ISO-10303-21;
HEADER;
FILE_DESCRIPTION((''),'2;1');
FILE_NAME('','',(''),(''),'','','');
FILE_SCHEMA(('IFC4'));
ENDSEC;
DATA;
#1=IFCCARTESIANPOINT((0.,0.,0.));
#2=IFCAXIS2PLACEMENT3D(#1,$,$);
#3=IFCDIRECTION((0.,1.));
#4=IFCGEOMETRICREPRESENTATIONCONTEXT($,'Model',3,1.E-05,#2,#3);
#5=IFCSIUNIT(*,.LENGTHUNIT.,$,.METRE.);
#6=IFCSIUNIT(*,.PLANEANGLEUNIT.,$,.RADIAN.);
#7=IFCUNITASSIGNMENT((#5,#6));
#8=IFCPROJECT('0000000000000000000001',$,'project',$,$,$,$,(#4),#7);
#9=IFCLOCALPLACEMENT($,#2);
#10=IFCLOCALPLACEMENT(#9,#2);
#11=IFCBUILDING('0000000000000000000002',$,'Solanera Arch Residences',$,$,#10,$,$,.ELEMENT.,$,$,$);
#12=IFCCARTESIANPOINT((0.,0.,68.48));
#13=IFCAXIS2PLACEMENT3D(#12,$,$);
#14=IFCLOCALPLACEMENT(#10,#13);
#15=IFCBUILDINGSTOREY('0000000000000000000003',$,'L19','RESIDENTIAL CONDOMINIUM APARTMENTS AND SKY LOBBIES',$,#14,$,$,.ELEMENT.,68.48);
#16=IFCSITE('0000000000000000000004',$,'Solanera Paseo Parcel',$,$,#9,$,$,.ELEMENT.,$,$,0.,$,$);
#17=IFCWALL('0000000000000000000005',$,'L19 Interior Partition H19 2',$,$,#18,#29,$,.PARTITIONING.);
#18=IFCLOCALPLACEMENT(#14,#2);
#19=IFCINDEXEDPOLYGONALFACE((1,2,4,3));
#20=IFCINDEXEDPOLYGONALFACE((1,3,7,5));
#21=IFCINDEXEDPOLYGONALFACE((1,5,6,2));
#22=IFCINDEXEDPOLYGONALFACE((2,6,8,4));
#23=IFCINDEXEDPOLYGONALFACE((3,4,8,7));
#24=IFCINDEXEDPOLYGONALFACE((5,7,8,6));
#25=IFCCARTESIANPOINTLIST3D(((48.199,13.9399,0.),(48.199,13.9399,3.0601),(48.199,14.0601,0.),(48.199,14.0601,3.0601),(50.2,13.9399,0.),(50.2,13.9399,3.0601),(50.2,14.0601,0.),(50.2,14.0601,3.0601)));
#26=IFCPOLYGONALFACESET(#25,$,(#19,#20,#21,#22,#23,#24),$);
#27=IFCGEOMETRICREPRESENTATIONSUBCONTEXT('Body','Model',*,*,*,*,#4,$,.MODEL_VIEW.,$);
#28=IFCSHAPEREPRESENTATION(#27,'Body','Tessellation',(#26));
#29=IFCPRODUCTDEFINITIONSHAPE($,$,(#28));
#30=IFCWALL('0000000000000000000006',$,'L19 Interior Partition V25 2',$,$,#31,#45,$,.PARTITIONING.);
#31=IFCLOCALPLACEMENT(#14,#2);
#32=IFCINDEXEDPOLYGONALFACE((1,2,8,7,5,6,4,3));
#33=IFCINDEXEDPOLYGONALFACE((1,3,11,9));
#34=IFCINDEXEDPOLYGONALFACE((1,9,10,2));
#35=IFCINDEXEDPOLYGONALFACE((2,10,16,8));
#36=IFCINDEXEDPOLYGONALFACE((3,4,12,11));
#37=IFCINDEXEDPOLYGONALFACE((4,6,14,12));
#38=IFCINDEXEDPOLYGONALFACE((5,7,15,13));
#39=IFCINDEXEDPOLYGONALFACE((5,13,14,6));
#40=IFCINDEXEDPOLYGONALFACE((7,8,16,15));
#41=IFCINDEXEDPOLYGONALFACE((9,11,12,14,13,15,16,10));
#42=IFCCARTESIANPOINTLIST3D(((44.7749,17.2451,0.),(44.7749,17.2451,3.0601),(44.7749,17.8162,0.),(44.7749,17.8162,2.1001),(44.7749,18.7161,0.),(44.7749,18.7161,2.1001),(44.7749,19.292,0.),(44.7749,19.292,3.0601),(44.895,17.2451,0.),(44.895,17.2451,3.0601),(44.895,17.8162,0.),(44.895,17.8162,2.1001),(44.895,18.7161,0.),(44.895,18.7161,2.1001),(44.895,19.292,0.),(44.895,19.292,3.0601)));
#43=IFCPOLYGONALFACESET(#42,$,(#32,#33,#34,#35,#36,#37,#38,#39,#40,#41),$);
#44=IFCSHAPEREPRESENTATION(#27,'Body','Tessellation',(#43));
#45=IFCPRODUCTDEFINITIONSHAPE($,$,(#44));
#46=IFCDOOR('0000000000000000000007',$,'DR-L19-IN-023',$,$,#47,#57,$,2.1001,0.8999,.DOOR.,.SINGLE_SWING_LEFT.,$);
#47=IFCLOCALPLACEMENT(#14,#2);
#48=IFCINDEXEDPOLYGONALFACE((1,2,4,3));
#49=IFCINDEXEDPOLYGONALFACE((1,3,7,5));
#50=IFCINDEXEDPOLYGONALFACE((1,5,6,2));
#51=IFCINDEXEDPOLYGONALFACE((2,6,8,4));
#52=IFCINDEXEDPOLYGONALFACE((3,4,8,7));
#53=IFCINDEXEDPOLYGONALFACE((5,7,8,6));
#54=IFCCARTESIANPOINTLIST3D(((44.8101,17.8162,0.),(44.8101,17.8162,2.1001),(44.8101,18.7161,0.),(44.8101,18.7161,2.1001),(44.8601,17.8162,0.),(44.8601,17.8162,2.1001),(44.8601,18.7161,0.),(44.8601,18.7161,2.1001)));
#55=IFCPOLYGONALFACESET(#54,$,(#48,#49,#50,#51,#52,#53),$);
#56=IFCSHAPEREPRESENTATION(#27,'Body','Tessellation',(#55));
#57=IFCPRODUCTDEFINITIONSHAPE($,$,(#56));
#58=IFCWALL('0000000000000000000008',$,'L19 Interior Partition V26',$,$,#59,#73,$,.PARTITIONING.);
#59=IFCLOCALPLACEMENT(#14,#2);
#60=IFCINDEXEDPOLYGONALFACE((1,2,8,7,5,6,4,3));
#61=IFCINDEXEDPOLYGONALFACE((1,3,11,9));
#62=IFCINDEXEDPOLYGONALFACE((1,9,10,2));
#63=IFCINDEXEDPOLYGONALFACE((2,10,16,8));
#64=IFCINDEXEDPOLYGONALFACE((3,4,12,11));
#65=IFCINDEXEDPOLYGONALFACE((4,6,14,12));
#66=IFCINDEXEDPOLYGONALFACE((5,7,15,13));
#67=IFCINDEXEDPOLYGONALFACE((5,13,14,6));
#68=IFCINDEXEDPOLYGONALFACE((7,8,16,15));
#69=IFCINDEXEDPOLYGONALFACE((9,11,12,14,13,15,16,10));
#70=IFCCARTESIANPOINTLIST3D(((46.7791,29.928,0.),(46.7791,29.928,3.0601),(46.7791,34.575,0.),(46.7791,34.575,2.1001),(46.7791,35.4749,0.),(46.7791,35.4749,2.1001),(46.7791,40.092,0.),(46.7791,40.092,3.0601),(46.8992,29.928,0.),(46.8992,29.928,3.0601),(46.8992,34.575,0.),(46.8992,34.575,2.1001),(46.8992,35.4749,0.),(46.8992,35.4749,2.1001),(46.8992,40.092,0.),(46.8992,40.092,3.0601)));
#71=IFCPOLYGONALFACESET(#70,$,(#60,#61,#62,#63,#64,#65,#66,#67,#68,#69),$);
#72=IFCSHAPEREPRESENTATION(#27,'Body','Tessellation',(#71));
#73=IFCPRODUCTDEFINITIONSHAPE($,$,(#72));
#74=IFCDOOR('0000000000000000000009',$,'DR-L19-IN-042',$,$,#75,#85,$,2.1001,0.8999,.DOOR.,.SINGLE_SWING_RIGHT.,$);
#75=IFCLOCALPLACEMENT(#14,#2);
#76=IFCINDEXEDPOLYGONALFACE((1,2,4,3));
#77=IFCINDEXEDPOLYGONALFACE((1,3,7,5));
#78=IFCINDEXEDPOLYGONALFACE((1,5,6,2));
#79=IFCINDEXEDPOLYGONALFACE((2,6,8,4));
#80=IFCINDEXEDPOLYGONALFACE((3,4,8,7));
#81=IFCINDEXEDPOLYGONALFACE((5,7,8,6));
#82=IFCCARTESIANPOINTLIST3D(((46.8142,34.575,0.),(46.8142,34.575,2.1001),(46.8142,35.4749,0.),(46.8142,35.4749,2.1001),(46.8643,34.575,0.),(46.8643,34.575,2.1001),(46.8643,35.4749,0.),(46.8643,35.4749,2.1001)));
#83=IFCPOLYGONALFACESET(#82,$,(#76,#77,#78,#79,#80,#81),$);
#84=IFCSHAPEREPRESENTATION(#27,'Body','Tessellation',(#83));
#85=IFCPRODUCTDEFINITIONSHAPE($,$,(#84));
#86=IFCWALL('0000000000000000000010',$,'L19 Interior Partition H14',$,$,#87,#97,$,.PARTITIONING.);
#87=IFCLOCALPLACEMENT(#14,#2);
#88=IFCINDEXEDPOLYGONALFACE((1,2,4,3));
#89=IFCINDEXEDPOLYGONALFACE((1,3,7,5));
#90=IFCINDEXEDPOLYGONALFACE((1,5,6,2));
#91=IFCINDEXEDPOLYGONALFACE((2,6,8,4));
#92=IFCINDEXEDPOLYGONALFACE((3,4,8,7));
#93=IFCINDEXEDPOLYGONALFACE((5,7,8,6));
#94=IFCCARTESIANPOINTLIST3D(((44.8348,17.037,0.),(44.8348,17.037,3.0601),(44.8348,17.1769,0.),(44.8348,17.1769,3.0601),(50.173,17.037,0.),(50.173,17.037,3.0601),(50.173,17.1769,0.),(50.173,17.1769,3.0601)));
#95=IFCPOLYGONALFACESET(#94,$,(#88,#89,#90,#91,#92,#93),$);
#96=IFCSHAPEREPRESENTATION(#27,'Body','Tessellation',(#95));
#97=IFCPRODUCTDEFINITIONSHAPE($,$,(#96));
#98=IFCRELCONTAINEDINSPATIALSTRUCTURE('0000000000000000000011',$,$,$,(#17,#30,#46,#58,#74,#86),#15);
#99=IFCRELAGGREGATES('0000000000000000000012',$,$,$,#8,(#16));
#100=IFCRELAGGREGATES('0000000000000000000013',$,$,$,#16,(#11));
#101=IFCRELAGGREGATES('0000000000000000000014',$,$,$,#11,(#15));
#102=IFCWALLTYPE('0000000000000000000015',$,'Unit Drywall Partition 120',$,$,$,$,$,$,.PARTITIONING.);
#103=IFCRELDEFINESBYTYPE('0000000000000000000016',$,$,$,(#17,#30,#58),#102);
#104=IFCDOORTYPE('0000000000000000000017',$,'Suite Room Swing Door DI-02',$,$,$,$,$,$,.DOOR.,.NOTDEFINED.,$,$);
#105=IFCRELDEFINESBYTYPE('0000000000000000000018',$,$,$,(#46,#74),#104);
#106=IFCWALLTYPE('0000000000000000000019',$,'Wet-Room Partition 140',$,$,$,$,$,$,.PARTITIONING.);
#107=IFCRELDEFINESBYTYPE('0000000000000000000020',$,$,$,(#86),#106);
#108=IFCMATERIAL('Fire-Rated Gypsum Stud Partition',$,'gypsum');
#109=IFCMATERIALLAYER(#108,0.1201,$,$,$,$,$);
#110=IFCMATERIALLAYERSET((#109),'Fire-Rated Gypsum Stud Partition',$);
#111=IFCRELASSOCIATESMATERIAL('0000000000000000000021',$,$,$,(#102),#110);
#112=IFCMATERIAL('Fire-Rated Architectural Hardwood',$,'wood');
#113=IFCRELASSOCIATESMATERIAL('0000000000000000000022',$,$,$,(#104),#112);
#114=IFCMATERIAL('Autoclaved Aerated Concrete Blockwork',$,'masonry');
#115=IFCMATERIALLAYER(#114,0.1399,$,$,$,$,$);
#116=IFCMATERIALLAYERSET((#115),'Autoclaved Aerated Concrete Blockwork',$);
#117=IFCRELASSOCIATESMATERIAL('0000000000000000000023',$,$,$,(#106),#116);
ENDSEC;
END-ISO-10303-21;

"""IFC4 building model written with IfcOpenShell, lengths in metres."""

from ifc_helpers import new_model, si_unit, direction, frame, frame_2d, origin, place, context, subcontext, project, spatial, rectangle, extrude, material, layer, layer_set, type_object, element, fill, save


model = new_model("IFC4")

# Units and contexts
model_context = context("Model", 3, precision=1e-05, world=origin(), true_north=direction((0.0, 1.0)))
body_context = subcontext(model_context, "Body", "Model", "MODEL_VIEW")
ifc_project = project(units=[si_unit("LENGTHUNIT", "METRE"), si_unit("PLANEANGLEUNIT", "RADIAN")], contexts=[model_context])

# Site, building, storey
site_placement = place(None, origin())
site = spatial("IfcSite", under=ifc_project, at=site_placement, Name="Solanera Paseo Parcel", CompositionType="ELEMENT", RefElevation=0.0)
building_placement = place(site_placement, origin())
building = spatial("IfcBuilding", under=site, at=building_placement, Name="Solanera Arch Residences", CompositionType="ELEMENT")
storey_placement = place(building_placement, frame((0.0, 0.0, 68.48)))
storey = spatial("IfcBuildingStorey", under=building, at=storey_placement, Name="L19", Description="RESIDENTIAL CONDOMINIUM APARTMENTS AND SKY LOBBIES", CompositionType="ELEMENT", Elevation=68.48)

# Wall
ifc_material_1 = material(Name="Fire-Rated Gypsum Stud Partition", Category="gypsum")
ifc_layer_1 = layer(ifc_material_1, 0.1201)
ifc_layer_set_1 = layer_set([ifc_layer_1], Name="Fire-Rated Gypsum Stud Partition")
wall_type_1 = type_object("IfcWallType", Name="Unit Drywall Partition 120", PredefinedType="PARTITIONING", material=ifc_layer_set_1)
wall_1_placement = place(storey_placement, frame((48.199, 14.0, 0.0), z_axis=(0.0, 0.0, 1.0), x_axis=(1.0, 0.0, 0.0)))
element("IfcWall", 1, at=wall_1_placement, inside=storey, type_object=wall_type_1, Name="L19 Interior Partition H19 2", PredefinedType="PARTITIONING", context=body_context, shape_type="SweptSolid", body=[
    extrude(rectangle(XDim=2.001, YDim=0.1201, at=frame_2d((1.0005, 0.0))), origin(), (0.0, 0.0, 1.0), 3.0601),
])

# Walls, openings, doors
wall_2_placement = place(storey_placement, frame((44.835, 17.2451, 0.0), z_axis=(0.0, 0.0, 1.0), x_axis=(0.0, 1.0, 0.0)))
wall_2 = element("IfcWall", 2, at=wall_2_placement, inside=storey, type_object=wall_type_1, Name="L19 Interior Partition V25 2", PredefinedType="PARTITIONING", context=body_context, shape_type="SweptSolid", body=[
    extrude(rectangle(XDim=2.0469, YDim=0.1201, at=frame_2d((1.0234, 0.0))), origin(), (0.0, 0.0, 1.0), 3.0601),
])
opening_1_placement = place(wall_2_placement, frame((0.571, 0.0, 0.0)))
opening_1 = element("IfcOpeningElement", 3, at=opening_1_placement, cuts=wall_2, PredefinedType="OPENING", context=body_context, shape_type="SweptSolid", body=[
    extrude(rectangle(XDim=0.8999, YDim=2.1001, at=frame_2d((0.45, 1.05))), frame((0.0, 0.0701, 0.0), z_axis=(0.0, -1.0, 0.0), x_axis=(1.0, 0.0, 0.0)), (0.0, 0.0, 1.0), 0.1401),
])
ifc_material_2 = material(Name="Fire-Rated Architectural Hardwood", Category="wood")
door_type_1 = type_object("IfcDoorType", Name="Suite Room Swing Door DI-02", OperationType="NOTDEFINED", PredefinedType="DOOR", material=ifc_material_2)
door_1_placement = place(opening_1_placement, origin())
door_1 = element("IfcDoor", 4, at=door_1_placement, inside=storey, type_object=door_type_1, Name="DR-L19-IN-023", OperationType="SINGLE_SWING_LEFT", OverallHeight=2.1001, OverallWidth=0.8999, PredefinedType="DOOR", context=body_context, shape_type="SweptSolid", body=[
    extrude(rectangle(XDim=0.8999, YDim=2.1001, at=frame_2d((0.45, 1.05))), frame((0.0, 0.0249, 0.0), z_axis=(0.0, -1.0, 0.0), x_axis=(1.0, 0.0, 0.0)), (0.0, 0.0, 1.0), 0.05),
])
fill(opening_1, door_1)
wall_3_placement = place(storey_placement, frame((46.8391, 29.928, 0.0), z_axis=(0.0, 0.0, 1.0), x_axis=(0.0, 1.0, 0.0)))
wall_3 = element("IfcWall", 5, at=wall_3_placement, inside=storey, type_object=wall_type_1, Name="L19 Interior Partition V26", PredefinedType="PARTITIONING", context=body_context, shape_type="SweptSolid", body=[
    extrude(rectangle(XDim=10.1641, YDim=0.1201, at=frame_2d((5.082, 0.0))), origin(), (0.0, 0.0, 1.0), 3.0601),
])
opening_2_placement = place(wall_3_placement, frame((4.647, 0.0, 0.0)))
opening_2 = element("IfcOpeningElement", 6, at=opening_2_placement, cuts=wall_3, PredefinedType="OPENING", context=body_context, shape_type="SweptSolid", body=[
    extrude(rectangle(XDim=0.8999, YDim=2.1001, at=frame_2d((0.45, 1.05))), frame((0.0, 0.0701, 0.0), z_axis=(0.0, -1.0, 0.0), x_axis=(1.0, 0.0, 0.0)), (0.0, 0.0, 1.0), 0.1401),
])
door_2_placement = place(opening_2_placement, origin())
door_2 = element("IfcDoor", 7, at=door_2_placement, inside=storey, type_object=door_type_1, Name="DR-L19-IN-042", OperationType="SINGLE_SWING_RIGHT", OverallHeight=2.1001, OverallWidth=0.8999, PredefinedType="DOOR", context=body_context, shape_type="SweptSolid", body=[
    extrude(rectangle(XDim=0.8999, YDim=2.1001, at=frame_2d((0.45, 1.05))), frame((0.0, 0.0249, 0.0), z_axis=(0.0, -1.0, 0.0), x_axis=(1.0, 0.0, 0.0)), (0.0, 0.0, 1.0), 0.05),
])
fill(opening_2, door_2)

# Wall
ifc_material_3 = material(Name="Autoclaved Aerated Concrete Blockwork", Category="masonry")
ifc_layer_2 = layer(ifc_material_3, 0.1399)
ifc_layer_set_2 = layer_set([ifc_layer_2], Name="Autoclaved Aerated Concrete Blockwork")
wall_type_2 = type_object("IfcWallType", Name="Wet-Room Partition 140", PredefinedType="PARTITIONING", material=ifc_layer_set_2)
wall_4_placement = place(storey_placement, frame((44.835, 17.1069, 0.0), z_axis=(0.0, 0.0, 1.0), x_axis=(1.0, 0.0, 0.0)))
element("IfcWall", 8, at=wall_4_placement, inside=storey, type_object=wall_type_2, Name="L19 Interior Partition H14", PredefinedType="PARTITIONING", context=body_context, shape_type="SweptSolid", body=[
    extrude(rectangle(XDim=5.3381, YDim=0.1399, at=frame_2d((2.6689, 0.0))), origin(), (0.0, 0.0, 1.0), 3.0601),
])

save(model, "model.ifc")
